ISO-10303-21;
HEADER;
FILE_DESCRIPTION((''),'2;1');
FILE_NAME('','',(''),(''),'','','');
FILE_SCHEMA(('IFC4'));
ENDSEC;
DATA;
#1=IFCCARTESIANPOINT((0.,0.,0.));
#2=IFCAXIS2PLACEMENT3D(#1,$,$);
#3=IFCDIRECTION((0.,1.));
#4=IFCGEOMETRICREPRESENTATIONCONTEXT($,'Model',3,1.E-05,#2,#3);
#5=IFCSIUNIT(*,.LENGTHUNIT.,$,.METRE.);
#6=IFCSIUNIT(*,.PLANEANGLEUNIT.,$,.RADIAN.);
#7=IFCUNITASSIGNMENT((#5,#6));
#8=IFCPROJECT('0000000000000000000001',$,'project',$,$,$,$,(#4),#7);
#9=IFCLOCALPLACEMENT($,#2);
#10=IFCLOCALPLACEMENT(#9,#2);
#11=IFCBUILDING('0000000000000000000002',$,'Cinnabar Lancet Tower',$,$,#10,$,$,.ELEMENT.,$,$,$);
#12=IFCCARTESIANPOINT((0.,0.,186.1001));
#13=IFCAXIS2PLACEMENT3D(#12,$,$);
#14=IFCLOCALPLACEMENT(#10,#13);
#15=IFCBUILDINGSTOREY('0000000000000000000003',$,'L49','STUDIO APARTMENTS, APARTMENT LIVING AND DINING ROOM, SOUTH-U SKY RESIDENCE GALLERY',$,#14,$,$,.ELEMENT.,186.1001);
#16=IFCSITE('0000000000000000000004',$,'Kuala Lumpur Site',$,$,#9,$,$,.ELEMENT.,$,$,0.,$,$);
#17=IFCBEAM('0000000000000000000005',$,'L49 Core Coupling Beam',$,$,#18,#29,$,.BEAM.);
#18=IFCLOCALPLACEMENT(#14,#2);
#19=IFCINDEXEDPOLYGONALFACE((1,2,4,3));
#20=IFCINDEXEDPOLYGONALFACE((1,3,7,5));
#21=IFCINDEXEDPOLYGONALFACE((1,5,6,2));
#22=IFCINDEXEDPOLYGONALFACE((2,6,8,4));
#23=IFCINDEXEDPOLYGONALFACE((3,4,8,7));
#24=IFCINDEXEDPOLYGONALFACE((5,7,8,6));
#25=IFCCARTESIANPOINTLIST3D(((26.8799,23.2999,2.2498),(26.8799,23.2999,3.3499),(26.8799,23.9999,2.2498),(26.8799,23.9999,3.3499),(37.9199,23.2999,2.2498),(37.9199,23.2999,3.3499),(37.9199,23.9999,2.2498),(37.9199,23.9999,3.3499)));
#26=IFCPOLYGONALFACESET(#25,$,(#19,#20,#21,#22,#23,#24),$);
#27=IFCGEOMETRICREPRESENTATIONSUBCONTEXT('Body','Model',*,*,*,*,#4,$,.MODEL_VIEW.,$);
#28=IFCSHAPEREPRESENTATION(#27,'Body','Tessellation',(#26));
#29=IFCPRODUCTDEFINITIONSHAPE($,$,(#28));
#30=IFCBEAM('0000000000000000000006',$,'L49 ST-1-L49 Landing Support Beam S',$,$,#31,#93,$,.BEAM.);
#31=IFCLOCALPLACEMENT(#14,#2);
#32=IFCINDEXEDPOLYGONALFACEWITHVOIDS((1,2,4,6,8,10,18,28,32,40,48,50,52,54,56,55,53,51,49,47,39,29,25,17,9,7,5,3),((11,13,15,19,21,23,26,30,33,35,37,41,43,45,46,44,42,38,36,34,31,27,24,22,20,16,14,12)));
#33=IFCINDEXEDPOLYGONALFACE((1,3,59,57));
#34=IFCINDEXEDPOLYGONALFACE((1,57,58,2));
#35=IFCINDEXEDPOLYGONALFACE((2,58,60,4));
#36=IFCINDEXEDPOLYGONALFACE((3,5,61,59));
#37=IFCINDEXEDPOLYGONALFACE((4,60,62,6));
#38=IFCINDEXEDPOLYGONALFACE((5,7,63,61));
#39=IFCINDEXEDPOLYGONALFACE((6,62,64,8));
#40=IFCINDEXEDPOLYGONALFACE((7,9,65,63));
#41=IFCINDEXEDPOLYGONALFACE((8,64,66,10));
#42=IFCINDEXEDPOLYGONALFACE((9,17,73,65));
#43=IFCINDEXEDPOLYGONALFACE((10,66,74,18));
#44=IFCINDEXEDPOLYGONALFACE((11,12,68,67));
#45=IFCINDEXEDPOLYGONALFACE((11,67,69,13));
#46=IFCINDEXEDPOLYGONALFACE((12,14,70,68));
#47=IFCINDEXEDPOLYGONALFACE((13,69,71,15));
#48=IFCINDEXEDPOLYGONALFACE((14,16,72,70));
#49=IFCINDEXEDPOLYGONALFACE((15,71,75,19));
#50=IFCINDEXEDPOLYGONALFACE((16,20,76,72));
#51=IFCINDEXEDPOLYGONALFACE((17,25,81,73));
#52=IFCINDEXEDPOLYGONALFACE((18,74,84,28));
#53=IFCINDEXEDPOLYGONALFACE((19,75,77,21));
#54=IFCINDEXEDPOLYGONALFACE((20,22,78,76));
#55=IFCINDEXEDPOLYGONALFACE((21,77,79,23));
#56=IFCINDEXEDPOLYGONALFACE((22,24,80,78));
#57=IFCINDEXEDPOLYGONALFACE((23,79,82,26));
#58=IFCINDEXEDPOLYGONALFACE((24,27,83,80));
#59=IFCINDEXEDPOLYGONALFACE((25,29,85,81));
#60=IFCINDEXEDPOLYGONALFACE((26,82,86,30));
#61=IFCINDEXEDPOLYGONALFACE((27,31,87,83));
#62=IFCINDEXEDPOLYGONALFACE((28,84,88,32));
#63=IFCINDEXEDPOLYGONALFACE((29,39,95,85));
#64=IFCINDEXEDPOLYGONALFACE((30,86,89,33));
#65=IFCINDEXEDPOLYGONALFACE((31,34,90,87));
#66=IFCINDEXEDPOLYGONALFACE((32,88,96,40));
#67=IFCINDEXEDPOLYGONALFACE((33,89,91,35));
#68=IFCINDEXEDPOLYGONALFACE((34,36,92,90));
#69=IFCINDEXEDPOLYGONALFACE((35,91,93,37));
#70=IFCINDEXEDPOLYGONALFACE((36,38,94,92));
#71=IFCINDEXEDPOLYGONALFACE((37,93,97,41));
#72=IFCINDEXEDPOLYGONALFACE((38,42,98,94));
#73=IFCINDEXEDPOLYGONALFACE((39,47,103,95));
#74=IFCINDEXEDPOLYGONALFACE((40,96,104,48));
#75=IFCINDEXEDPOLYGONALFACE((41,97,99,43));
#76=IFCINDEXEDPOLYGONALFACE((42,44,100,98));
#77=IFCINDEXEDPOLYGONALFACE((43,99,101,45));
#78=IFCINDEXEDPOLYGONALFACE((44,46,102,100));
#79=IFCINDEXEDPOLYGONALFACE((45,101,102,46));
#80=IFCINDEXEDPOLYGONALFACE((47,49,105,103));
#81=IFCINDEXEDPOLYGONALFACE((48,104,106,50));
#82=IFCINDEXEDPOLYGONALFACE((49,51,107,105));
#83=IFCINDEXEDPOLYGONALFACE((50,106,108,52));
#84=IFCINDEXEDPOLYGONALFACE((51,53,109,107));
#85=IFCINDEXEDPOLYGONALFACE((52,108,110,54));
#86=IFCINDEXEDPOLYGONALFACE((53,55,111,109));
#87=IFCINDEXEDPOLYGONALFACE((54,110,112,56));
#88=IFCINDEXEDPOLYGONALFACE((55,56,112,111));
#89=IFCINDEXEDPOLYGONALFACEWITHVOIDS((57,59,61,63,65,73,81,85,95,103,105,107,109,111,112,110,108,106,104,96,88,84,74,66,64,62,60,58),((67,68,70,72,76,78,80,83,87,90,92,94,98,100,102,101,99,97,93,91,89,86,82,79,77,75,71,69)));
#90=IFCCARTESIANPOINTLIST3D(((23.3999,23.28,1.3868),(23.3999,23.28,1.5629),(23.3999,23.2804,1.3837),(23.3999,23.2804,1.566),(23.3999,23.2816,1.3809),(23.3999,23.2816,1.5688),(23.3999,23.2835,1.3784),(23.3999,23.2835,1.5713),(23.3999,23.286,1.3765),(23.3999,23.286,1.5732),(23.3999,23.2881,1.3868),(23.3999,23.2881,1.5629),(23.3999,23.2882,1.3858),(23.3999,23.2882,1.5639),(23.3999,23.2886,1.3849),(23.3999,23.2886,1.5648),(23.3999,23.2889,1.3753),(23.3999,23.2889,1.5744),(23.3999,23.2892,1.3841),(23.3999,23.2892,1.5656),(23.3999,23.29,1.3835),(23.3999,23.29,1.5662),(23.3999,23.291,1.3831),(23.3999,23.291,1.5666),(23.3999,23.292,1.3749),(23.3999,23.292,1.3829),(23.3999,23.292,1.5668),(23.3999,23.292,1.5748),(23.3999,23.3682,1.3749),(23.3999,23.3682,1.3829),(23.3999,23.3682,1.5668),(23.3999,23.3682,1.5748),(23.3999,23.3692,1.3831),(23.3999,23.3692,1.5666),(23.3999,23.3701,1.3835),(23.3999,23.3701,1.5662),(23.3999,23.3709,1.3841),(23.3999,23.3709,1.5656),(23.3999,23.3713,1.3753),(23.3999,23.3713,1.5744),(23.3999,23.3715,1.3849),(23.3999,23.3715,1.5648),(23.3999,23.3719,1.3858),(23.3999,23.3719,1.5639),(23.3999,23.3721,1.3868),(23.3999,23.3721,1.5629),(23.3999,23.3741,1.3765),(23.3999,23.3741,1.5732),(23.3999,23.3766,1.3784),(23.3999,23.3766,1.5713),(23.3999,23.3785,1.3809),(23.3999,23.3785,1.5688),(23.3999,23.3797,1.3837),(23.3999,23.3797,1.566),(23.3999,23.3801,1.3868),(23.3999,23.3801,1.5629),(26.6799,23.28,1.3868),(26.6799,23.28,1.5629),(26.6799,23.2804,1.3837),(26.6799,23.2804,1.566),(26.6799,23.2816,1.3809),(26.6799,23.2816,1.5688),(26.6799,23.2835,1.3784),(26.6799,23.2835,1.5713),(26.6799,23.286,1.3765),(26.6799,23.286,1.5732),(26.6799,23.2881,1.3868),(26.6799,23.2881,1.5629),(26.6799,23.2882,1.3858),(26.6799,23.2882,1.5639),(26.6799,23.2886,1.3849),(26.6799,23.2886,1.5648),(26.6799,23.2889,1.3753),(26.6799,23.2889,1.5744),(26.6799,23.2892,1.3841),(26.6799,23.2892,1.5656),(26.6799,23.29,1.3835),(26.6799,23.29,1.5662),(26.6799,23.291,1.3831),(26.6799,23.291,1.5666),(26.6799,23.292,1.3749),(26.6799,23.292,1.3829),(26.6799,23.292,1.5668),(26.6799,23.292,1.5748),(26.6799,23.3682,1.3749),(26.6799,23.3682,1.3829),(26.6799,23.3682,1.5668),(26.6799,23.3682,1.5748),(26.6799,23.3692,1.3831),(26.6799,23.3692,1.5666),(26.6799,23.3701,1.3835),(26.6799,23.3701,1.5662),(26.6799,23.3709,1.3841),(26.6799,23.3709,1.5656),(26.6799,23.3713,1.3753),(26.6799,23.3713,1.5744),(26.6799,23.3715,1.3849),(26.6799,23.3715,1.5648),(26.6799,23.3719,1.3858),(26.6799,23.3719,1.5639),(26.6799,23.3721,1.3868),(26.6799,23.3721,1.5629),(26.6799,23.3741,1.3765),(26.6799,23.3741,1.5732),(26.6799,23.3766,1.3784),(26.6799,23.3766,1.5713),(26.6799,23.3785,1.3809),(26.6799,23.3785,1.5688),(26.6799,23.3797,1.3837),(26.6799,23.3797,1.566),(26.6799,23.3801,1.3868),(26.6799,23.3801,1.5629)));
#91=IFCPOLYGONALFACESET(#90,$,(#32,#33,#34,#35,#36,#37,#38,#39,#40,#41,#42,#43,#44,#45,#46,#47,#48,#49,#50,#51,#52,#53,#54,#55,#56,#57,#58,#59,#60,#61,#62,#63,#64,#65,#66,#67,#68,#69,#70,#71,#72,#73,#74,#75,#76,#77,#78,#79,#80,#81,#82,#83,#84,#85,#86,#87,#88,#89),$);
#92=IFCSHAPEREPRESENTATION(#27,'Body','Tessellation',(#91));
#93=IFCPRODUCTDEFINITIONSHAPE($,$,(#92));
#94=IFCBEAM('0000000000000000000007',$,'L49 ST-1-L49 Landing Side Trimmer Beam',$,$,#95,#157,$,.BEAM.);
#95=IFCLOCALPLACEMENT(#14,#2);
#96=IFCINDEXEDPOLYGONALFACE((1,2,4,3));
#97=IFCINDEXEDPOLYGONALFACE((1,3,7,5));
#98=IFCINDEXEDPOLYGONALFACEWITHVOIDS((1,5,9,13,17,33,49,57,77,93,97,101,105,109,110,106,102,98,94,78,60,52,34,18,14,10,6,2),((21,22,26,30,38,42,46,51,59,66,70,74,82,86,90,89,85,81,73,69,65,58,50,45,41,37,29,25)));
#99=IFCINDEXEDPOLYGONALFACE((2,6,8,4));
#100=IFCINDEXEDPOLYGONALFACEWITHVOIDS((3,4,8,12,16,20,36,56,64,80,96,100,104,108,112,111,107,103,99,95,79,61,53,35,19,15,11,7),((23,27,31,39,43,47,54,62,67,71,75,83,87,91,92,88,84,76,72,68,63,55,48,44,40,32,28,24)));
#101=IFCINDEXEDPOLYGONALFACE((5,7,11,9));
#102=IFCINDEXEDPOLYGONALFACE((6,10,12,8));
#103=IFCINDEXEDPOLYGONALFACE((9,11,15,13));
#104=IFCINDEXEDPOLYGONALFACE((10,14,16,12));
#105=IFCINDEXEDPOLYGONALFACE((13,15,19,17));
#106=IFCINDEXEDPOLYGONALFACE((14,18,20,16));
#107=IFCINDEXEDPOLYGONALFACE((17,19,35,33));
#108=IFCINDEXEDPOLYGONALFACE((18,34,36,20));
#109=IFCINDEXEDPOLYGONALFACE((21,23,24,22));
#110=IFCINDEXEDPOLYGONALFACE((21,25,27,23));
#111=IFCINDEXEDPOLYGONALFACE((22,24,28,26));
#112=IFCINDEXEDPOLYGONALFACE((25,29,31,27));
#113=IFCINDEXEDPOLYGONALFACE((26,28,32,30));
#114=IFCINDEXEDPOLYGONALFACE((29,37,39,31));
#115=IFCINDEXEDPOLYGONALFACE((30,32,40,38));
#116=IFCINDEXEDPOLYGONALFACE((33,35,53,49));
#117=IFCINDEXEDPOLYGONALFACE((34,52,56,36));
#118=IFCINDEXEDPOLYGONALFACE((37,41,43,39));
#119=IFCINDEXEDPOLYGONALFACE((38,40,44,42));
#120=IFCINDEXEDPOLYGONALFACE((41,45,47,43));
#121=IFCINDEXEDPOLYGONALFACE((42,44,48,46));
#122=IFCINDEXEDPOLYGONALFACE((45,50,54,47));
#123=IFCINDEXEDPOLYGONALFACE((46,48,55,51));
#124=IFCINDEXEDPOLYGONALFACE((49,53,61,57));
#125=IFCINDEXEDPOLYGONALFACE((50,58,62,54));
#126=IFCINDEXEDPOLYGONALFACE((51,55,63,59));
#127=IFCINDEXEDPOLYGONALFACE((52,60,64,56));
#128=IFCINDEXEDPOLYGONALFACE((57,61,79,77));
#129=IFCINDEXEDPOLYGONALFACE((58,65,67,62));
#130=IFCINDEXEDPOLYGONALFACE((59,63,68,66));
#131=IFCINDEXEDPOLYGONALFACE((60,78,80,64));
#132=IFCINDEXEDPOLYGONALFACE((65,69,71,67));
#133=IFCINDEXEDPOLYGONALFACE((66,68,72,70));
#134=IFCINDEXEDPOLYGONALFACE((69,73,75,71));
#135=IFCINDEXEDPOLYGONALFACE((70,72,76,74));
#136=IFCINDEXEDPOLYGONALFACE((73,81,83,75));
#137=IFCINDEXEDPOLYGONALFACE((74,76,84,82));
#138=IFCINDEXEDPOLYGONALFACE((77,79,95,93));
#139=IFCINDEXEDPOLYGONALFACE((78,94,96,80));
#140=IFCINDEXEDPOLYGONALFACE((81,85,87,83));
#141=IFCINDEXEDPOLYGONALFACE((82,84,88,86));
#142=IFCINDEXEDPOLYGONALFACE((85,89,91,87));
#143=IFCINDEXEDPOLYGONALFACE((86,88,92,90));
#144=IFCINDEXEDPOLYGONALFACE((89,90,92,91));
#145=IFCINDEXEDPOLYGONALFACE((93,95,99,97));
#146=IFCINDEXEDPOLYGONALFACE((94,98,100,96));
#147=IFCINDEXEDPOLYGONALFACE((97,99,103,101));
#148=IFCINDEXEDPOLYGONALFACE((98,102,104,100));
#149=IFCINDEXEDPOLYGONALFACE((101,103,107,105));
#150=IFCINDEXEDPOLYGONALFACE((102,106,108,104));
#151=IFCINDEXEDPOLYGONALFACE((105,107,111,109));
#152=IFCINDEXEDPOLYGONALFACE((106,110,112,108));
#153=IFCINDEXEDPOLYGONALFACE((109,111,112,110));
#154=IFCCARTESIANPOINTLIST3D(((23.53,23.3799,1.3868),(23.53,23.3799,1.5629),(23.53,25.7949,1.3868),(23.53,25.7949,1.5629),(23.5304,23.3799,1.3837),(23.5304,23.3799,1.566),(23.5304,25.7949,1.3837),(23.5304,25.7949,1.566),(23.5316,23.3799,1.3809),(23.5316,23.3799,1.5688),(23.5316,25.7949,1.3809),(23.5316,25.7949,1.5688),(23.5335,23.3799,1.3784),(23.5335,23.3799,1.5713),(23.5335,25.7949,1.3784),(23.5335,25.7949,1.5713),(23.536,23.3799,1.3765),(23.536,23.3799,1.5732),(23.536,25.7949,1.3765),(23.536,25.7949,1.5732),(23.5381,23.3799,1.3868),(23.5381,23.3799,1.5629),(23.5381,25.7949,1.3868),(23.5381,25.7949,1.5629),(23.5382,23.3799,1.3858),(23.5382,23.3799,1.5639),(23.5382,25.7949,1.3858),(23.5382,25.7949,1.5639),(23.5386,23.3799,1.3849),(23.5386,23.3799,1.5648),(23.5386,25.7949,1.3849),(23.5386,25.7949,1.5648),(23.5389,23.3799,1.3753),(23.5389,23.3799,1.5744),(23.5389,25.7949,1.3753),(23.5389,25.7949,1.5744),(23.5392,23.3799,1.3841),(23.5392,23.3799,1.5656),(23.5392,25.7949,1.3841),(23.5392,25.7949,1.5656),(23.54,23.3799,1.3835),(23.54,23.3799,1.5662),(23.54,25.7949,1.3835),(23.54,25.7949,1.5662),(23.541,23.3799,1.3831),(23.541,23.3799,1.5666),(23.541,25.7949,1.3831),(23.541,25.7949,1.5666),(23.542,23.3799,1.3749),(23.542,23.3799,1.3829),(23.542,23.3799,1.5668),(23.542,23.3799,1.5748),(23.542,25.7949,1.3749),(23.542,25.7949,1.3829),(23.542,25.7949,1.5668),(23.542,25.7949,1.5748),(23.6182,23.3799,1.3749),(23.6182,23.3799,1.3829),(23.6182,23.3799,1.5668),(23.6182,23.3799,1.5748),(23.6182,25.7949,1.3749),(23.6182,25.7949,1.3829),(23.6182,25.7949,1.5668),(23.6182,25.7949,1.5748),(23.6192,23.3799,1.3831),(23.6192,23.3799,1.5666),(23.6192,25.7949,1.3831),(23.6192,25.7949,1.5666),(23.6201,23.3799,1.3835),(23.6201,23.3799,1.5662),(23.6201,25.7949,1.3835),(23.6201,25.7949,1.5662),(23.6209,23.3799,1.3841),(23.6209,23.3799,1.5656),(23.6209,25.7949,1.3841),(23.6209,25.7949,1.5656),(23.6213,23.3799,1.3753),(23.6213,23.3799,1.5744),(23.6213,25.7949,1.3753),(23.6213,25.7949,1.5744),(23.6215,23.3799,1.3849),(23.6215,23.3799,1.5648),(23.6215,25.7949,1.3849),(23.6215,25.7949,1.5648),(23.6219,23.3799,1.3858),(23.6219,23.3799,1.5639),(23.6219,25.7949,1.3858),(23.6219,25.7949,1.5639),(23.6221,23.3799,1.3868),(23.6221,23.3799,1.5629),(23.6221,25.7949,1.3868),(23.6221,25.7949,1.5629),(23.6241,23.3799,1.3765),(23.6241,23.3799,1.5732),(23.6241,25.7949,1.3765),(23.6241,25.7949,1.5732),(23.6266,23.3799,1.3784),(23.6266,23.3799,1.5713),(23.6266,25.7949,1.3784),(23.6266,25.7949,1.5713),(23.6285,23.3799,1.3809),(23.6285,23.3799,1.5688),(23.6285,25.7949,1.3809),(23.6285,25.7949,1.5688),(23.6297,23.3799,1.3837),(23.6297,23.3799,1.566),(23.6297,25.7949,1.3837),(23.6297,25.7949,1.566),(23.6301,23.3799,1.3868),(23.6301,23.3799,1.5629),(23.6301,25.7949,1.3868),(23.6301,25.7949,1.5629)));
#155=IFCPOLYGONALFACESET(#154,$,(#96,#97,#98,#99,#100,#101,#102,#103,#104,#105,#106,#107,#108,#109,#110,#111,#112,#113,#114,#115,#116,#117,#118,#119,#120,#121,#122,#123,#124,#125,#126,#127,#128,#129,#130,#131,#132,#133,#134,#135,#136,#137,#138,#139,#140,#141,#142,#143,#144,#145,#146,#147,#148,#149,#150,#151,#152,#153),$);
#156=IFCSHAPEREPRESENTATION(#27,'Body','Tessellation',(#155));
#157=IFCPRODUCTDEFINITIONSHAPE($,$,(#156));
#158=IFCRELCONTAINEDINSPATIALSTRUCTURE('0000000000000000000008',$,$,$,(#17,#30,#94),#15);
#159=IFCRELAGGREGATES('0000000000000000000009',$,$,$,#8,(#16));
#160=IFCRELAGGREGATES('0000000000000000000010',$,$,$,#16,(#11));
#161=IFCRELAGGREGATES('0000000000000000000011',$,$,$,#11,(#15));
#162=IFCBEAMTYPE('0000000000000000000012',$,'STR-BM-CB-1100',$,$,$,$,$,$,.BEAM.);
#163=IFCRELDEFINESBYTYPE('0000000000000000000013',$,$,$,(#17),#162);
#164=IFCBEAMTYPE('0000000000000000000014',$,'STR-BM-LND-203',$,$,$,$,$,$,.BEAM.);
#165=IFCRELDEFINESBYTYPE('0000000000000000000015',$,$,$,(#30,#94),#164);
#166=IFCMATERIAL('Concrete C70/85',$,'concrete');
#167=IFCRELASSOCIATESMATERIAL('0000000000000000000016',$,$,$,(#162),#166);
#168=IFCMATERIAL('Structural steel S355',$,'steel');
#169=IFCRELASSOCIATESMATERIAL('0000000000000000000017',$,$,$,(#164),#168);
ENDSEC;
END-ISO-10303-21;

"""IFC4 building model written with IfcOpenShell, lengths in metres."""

from ifc_helpers import new_model, si_unit, direction, frame, origin, origin_2d, place, context, subcontext, project, spatial, rectangle, hollow_rectangle, extrude, material, material_profile, profile_set, type_object, element, save


model = new_model("IFC4")

# Units and contexts
model_context = context("Model", 3, precision=1e-05, world=origin(), true_north=direction((0.0, 1.0)))
body_context = subcontext(model_context, "Body", "Model", "MODEL_VIEW")
ifc_project = project(units=[si_unit("LENGTHUNIT", "METRE"), si_unit("PLANEANGLEUNIT", "RADIAN")], contexts=[model_context])

# Site, building, storey
site_placement = place(None, origin())
site = spatial("IfcSite", under=ifc_project, at=site_placement, Name="Kuala Lumpur Site", CompositionType="ELEMENT", RefElevation=0.0)
building_placement = place(site_placement, origin())
building = spatial("IfcBuilding", under=site, at=building_placement, Name="Cinnabar Lancet Tower", CompositionType="ELEMENT")
storey_placement = place(building_placement, frame((0.0, 0.0, 186.1001)))
storey = spatial("IfcBuildingStorey", under=building, at=storey_placement, Name="L49", Description="STUDIO APARTMENTS, APARTMENT LIVING AND DINING ROOM, SOUTH-U SKY RESIDENCE GALLERY", CompositionType="ELEMENT", Elevation=186.1001)

# Beams
ifc_material_1 = material(Name="Concrete C70/85", Category="concrete")
ifc_material_profile_1 = material_profile(ifc_material_1, rectangle(XDim=0.7, YDim=1.1001, at=origin_2d()), Name="RC-CB 700x1100")
ifc_profile_set_1 = profile_set([ifc_material_profile_1], Name="Concrete C70/85")
beam_type_1 = type_object("IfcBeamType", Name="STR-BM-CB-1100", PredefinedType="BEAM", material=ifc_profile_set_1)
beam_1_placement = place(storey_placement, frame((26.8799, 23.6499, 2.7998), z_axis=(1.0, 0.0, 0.0), x_axis=(0.0, 1.0, 0.0)))
element("IfcBeam", 1, at=beam_1_placement, inside=storey, type_object=beam_type_1, Name="L49 Core Coupling Beam", PredefinedType="BEAM", context=body_context, shape_type="SweptSolid", body=[
    extrude(rectangle(XDim=0.7, YDim=1.1001, at=origin_2d()), origin(), (0.0, 0.0, 1.0), 11.04),
])
ifc_material_2 = material(Name="Structural steel S355", Category="steel")
ifc_material_profile_2 = material_profile(ifc_material_2, hollow_rectangle(XDim=0.1001, YDim=0.2, WallThickness=0.0081, InnerFilletRadius=0.0039, OuterFilletRadius=0.012, at=origin_2d()), Name="RHS 200x100x8")
ifc_profile_set_2 = profile_set([ifc_material_profile_2], Name="Structural steel S355")
beam_type_2 = type_object("IfcBeamType", Name="STR-BM-LND-203", PredefinedType="BEAM", material=ifc_profile_set_2)
beam_2_placement = place(storey_placement, frame((23.3999, 23.3301, 1.4749), z_axis=(1.0, 0.0, 0.0), x_axis=(0.0, 1.0, 0.0)))
element("IfcBeam", 2, at=beam_2_placement, inside=storey, type_object=beam_type_2, Name="L49 ST-1-L49 Landing Support Beam S", PredefinedType="BEAM", context=body_context, shape_type="SweptSolid", body=[
    extrude(hollow_rectangle(XDim=0.1001, YDim=0.2, WallThickness=0.0081, InnerFilletRadius=0.0039, OuterFilletRadius=0.012, at=origin_2d()), origin(), (0.0, 0.0, 1.0), 3.28),
])
beam_3_placement = place(storey_placement, frame((23.5801, 23.3799, 1.4749), z_axis=(0.0, 1.0, 0.0), x_axis=(-1.0, 0.0, 0.0)))
element("IfcBeam", 3, at=beam_3_placement, inside=storey, type_object=beam_type_2, Name="L49 ST-1-L49 Landing Side Trimmer Beam", PredefinedType="BEAM", context=body_context, shape_type="SweptSolid", body=[
    extrude(hollow_rectangle(XDim=0.1001, YDim=0.2, WallThickness=0.0081, InnerFilletRadius=0.0039, OuterFilletRadius=0.012, at=origin_2d()), origin(), (0.0, 0.0, 1.0), 2.415),
])

save(model, "model.ifc")
